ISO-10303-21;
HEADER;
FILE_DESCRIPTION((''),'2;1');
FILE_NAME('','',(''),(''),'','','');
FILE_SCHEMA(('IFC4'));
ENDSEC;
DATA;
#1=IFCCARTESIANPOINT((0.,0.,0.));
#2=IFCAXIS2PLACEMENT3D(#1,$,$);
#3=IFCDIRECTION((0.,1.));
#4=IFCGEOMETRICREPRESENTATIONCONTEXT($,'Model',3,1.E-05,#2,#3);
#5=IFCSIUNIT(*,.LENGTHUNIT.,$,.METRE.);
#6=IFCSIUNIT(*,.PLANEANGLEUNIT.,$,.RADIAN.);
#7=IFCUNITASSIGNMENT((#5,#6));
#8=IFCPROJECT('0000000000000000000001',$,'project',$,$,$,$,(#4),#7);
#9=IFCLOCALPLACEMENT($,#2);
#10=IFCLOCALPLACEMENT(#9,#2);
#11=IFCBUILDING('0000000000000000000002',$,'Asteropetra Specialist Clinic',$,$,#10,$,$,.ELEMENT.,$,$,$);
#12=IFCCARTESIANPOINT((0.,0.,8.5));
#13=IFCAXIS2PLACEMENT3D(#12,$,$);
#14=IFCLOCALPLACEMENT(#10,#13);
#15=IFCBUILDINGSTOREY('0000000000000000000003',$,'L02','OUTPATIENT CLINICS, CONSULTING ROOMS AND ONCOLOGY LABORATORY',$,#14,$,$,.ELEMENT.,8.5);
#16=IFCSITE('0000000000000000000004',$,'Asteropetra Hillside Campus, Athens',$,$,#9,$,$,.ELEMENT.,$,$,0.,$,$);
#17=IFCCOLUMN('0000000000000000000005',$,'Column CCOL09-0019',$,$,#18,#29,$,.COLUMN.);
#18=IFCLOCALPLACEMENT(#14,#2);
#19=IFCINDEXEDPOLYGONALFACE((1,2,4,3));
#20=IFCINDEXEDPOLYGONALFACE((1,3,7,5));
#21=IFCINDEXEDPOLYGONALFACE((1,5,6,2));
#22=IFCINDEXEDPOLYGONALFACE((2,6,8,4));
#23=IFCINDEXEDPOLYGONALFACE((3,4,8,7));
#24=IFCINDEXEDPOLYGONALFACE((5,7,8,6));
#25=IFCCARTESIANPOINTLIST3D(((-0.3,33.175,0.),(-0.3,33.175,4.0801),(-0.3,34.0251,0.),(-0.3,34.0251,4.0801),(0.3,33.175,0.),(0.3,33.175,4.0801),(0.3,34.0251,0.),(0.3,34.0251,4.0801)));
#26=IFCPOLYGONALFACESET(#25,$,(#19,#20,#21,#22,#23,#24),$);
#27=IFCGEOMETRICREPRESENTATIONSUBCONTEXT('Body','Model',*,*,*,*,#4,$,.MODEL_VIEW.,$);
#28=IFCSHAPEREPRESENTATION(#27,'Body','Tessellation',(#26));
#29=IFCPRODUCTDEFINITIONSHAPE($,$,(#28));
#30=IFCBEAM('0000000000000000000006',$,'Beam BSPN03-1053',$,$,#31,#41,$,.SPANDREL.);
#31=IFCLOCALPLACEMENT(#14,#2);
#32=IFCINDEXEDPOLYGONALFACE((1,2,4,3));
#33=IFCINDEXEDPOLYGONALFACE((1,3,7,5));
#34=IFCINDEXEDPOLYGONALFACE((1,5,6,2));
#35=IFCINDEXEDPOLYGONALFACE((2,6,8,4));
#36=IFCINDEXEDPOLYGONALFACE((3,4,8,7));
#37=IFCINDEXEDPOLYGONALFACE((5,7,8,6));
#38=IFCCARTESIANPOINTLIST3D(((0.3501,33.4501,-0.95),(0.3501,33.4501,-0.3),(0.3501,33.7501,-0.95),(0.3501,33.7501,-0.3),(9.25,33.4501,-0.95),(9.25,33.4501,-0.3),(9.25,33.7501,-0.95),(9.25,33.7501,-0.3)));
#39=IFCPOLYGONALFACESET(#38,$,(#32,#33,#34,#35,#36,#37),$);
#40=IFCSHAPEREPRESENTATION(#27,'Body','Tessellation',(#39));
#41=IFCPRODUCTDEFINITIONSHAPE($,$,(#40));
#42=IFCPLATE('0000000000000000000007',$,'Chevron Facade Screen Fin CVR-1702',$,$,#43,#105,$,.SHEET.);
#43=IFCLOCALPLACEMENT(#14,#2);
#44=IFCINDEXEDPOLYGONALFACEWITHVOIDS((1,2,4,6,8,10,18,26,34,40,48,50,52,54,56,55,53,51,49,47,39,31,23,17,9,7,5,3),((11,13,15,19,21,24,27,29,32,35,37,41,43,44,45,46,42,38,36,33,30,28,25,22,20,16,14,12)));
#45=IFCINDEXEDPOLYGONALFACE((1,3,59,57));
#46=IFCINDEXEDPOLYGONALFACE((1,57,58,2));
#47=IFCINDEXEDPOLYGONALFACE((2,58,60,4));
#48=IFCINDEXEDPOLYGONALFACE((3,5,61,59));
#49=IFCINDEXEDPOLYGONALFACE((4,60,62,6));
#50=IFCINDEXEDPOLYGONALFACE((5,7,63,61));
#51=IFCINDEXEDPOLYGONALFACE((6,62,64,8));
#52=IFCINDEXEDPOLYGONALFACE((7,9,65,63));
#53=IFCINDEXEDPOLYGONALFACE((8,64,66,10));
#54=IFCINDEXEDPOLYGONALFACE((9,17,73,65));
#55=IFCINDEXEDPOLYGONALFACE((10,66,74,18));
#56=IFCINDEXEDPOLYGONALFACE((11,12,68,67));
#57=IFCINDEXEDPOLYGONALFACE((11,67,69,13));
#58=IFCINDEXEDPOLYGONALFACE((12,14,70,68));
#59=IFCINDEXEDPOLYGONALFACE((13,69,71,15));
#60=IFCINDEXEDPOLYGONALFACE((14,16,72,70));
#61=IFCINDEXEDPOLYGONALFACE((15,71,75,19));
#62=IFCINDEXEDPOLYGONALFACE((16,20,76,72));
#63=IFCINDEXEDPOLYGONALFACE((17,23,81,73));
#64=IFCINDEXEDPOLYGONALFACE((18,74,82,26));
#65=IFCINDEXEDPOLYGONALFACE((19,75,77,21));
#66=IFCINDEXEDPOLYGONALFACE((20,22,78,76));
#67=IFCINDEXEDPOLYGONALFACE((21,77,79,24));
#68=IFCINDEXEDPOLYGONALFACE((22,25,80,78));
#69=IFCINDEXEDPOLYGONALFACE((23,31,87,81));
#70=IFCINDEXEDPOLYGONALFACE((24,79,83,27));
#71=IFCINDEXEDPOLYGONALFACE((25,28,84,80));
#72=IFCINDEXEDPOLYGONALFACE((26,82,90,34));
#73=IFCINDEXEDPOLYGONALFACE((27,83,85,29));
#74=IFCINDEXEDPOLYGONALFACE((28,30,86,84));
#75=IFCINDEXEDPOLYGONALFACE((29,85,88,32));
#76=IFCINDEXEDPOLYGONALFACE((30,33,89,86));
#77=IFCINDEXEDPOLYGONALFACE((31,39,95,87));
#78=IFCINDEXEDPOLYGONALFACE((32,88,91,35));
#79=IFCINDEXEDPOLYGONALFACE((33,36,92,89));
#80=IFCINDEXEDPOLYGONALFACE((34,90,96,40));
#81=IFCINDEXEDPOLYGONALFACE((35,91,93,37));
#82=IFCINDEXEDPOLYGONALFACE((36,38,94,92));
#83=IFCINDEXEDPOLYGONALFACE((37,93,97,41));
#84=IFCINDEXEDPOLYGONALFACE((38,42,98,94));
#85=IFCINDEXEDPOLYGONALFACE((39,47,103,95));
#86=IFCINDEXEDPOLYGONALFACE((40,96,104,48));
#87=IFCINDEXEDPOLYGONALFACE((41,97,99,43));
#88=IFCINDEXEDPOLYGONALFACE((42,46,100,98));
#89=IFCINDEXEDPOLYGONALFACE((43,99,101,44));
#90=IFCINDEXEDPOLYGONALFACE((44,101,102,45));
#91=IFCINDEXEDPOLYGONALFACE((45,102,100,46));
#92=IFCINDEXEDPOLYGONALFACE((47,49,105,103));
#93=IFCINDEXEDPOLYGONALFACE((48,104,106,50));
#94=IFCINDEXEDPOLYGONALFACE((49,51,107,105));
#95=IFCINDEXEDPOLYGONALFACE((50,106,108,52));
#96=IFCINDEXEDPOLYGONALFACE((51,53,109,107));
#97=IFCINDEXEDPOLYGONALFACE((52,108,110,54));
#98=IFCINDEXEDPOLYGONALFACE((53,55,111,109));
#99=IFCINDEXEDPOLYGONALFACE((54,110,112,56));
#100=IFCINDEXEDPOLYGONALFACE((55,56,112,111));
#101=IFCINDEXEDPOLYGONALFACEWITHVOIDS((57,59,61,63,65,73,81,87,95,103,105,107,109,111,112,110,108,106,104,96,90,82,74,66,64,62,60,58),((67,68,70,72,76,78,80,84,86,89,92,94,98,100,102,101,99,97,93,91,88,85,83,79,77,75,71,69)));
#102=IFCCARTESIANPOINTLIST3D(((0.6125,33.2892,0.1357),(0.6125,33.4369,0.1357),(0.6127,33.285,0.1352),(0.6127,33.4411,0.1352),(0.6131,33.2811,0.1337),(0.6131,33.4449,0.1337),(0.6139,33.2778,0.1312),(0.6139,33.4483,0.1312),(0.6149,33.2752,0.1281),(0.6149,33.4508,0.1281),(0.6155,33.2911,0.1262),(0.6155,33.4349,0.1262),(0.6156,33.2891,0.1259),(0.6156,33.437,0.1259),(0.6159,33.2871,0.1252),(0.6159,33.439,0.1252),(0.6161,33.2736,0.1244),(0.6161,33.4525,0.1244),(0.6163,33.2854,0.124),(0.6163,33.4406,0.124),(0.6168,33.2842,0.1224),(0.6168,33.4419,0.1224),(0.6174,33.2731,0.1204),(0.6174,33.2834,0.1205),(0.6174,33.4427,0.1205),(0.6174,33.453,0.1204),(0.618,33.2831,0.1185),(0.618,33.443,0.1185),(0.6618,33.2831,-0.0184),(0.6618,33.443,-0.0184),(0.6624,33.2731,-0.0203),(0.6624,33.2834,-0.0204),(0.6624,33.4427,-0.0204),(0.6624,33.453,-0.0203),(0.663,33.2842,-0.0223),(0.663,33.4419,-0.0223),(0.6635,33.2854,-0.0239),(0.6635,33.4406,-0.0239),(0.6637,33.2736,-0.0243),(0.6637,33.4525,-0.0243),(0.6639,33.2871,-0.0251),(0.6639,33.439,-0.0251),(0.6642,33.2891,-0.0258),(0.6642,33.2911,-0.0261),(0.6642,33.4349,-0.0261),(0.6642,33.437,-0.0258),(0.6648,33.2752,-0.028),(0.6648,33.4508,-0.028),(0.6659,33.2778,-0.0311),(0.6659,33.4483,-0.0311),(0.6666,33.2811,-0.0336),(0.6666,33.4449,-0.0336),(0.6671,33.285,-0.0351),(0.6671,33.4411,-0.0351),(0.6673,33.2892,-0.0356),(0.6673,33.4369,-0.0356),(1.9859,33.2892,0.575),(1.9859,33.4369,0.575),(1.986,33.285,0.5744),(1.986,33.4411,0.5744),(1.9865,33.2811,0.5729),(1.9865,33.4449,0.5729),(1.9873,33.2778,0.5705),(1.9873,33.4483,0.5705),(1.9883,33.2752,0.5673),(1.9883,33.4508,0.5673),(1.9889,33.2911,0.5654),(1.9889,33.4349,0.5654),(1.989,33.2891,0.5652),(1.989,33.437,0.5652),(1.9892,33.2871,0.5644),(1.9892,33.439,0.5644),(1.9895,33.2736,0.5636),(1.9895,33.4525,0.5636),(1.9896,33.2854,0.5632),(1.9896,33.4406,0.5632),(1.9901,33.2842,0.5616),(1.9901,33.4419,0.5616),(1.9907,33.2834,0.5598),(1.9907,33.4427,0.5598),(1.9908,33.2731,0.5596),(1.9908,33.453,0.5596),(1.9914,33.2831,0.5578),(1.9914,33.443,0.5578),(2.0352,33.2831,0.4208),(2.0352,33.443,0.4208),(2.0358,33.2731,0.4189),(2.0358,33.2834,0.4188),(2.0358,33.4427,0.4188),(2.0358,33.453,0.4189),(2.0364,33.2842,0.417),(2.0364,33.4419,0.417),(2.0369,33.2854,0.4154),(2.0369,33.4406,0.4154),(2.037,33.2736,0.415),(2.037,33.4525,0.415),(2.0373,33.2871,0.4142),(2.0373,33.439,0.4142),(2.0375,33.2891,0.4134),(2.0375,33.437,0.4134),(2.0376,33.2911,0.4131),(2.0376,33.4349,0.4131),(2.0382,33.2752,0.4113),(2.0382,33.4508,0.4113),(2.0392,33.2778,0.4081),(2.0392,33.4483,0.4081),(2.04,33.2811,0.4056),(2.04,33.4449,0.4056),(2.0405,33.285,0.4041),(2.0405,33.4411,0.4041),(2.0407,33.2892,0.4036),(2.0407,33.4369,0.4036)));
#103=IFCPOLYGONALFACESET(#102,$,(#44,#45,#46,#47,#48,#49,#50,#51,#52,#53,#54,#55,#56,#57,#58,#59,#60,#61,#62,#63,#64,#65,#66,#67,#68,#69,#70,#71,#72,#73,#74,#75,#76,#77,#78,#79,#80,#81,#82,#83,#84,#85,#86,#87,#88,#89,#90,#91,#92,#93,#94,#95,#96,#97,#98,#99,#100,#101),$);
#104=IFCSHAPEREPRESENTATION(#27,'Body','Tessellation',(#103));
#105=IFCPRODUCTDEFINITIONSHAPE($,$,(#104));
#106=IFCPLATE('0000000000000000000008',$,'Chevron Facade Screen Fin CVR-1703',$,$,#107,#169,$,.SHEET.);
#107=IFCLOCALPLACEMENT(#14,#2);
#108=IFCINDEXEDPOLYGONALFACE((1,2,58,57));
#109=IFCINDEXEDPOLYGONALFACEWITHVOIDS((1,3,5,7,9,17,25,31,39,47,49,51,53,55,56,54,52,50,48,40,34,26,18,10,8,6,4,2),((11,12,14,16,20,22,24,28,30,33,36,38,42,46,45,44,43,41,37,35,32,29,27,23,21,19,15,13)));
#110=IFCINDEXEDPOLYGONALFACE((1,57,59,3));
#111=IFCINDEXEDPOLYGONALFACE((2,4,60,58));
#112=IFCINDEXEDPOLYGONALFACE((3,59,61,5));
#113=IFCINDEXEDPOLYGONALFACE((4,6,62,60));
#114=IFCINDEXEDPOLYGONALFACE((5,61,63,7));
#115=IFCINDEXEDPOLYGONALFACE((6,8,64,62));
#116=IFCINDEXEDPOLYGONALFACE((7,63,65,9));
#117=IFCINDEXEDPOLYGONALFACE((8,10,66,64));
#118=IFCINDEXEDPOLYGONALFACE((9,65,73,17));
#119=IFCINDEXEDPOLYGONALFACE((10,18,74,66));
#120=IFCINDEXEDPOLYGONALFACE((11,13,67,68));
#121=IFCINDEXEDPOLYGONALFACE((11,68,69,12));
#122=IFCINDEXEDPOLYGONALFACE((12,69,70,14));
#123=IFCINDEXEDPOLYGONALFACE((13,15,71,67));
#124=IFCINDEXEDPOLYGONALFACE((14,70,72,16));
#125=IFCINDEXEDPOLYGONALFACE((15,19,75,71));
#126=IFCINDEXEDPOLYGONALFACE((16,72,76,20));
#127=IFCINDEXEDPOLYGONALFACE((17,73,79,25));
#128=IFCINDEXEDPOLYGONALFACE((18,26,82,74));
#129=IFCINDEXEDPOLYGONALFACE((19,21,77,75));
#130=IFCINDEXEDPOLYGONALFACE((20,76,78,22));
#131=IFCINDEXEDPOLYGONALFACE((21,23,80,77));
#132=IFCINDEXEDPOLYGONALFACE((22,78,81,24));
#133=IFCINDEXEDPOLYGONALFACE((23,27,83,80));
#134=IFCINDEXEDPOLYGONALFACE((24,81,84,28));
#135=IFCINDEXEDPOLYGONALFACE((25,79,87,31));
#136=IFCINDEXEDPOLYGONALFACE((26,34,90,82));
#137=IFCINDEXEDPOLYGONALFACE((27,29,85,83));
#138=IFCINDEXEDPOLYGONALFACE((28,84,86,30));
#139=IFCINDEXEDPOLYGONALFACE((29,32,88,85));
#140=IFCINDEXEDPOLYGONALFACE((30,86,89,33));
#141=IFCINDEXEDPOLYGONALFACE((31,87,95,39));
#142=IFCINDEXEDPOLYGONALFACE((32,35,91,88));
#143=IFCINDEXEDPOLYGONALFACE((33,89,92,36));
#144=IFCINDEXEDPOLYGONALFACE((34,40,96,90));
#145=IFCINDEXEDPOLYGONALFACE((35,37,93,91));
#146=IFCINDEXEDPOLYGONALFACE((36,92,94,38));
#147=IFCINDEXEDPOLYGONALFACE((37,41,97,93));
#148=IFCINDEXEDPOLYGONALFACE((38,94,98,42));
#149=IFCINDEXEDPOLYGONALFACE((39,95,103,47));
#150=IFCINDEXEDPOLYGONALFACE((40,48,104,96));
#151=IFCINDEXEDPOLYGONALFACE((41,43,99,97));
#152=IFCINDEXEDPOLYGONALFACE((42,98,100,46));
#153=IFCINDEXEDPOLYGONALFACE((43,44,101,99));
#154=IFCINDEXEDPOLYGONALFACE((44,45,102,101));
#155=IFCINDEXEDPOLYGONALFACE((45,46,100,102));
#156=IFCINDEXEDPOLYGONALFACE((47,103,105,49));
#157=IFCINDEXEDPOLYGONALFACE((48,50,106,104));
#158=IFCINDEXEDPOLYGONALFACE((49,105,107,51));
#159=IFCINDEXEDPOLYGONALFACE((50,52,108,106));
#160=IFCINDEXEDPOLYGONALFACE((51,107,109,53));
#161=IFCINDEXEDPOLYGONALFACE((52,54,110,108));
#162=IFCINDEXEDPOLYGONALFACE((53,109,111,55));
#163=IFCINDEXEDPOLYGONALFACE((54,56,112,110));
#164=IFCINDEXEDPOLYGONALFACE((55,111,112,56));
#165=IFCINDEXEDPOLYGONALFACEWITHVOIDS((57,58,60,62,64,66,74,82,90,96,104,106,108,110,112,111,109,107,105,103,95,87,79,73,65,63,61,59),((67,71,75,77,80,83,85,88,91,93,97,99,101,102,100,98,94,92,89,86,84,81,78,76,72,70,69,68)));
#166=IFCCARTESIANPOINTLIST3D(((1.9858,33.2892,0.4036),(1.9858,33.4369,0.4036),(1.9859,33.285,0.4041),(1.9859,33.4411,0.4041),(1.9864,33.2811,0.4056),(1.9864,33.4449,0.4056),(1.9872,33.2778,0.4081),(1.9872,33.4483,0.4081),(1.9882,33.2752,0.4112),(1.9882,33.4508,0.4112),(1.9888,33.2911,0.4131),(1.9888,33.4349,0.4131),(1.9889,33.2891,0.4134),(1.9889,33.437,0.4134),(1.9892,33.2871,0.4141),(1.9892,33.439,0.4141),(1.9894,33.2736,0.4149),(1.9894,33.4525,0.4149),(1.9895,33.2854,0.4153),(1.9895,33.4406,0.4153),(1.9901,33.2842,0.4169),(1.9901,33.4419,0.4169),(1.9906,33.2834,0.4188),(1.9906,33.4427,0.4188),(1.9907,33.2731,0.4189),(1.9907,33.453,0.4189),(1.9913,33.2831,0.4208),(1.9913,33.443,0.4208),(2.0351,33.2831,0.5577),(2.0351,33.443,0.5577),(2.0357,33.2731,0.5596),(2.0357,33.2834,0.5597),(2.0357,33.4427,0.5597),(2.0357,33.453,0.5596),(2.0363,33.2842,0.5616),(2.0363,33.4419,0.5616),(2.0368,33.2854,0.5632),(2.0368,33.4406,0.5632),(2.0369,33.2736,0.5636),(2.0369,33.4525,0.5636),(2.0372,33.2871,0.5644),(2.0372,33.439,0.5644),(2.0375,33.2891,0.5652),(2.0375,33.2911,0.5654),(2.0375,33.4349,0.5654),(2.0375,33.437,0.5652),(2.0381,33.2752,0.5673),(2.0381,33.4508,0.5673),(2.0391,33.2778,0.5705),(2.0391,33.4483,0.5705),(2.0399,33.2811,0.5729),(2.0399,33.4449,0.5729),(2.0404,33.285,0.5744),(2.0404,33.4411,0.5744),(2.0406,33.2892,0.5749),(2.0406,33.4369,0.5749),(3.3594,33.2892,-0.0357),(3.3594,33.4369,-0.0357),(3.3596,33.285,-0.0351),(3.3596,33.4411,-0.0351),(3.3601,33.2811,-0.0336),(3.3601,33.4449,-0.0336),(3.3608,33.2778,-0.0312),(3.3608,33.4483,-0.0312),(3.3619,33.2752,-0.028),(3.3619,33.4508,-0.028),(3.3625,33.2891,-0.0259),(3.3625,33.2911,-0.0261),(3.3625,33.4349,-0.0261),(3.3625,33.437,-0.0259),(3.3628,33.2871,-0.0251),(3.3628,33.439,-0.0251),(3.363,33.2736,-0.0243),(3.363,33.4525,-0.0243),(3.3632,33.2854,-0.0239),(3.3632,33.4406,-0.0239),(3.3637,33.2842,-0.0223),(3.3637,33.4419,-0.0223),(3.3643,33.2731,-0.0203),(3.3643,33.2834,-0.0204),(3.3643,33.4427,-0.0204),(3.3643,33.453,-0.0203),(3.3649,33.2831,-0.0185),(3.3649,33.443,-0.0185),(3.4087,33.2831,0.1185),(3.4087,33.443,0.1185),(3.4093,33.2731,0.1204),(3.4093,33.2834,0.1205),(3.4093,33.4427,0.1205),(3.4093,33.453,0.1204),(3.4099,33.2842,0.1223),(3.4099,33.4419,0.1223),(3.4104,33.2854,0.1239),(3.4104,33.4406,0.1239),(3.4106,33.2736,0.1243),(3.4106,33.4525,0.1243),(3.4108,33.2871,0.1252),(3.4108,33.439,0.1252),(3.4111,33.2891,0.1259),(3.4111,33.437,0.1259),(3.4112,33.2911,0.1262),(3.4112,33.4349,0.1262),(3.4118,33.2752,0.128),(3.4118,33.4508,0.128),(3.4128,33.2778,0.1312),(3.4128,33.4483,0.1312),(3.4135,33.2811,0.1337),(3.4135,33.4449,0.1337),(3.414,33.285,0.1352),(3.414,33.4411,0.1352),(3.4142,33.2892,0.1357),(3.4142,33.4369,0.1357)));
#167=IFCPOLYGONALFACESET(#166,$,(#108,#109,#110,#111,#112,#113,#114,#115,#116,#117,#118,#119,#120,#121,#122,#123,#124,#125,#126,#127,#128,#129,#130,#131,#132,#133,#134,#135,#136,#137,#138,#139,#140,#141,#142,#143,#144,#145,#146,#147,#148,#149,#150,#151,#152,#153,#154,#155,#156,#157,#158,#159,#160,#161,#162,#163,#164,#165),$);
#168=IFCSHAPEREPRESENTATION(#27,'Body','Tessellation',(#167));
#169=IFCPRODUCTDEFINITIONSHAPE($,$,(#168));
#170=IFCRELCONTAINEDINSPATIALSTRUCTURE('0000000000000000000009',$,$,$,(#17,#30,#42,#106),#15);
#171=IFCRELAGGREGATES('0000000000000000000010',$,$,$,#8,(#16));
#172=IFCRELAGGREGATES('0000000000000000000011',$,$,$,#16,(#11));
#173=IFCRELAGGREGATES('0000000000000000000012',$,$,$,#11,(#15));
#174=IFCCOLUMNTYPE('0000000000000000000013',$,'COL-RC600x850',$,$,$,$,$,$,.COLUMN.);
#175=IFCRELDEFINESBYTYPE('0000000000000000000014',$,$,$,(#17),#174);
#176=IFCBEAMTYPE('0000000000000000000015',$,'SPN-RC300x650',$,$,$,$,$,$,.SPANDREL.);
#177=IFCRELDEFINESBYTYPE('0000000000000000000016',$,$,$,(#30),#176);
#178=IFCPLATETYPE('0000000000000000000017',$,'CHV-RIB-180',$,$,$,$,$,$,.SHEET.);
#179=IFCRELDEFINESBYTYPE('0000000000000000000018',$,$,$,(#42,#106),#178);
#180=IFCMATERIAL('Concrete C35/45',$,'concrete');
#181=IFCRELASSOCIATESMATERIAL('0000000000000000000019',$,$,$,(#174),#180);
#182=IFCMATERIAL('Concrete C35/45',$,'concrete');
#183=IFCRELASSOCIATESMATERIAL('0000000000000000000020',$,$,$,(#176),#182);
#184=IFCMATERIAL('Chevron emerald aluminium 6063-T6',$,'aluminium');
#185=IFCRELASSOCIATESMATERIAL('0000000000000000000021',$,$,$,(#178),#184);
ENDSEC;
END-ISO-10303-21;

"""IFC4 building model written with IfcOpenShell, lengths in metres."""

from ifc_helpers import new_model, si_unit, direction, frame, origin, origin_2d, place, context, subcontext, project, spatial, rectangle, hollow_rectangle, extrude, material, material_profile, profile_set, type_object, element, save


model = new_model("IFC4")

# Units and contexts
model_context = context("Model", 3, precision=1e-05, world=origin(), true_north=direction((0.0, 1.0)))
body_context = subcontext(model_context, "Body", "Model", "MODEL_VIEW")
ifc_project = project(units=[si_unit("LENGTHUNIT", "METRE"), si_unit("PLANEANGLEUNIT", "RADIAN")], contexts=[model_context])

# Site, building, storey
site_placement = place(None, origin())
site = spatial("IfcSite", under=ifc_project, at=site_placement, Name="Asteropetra Hillside Campus, Athens", CompositionType="ELEMENT", RefElevation=0.0)
building_placement = place(site_placement, origin())
building = spatial("IfcBuilding", under=site, at=building_placement, Name="Asteropetra Specialist Clinic", CompositionType="ELEMENT")
storey_placement = place(building_placement, frame((0.0, 0.0, 8.5)))
storey = spatial("IfcBuildingStorey", under=building, at=storey_placement, Name="L02", Description="OUTPATIENT CLINICS, CONSULTING ROOMS AND ONCOLOGY LABORATORY", CompositionType="ELEMENT", Elevation=8.5)

# Column
ifc_material_1 = material(Name="Concrete C35/45", Category="concrete")
ifc_material_profile_1 = material_profile(ifc_material_1, rectangle(XDim=0.6001, YDim=0.8501, at=origin_2d()), Name="RC 600x850")
ifc_profile_set_1 = profile_set([ifc_material_profile_1], Name="Concrete C35/45")
column_type = type_object("IfcColumnType", Name="COL-RC600x850", PredefinedType="COLUMN", material=ifc_profile_set_1)
column_placement = place(storey_placement, frame((0.0, 33.6001, 0.0), z_axis=(0.0, 0.0, 1.0), x_axis=(1.0, 0.0, 0.0)))
element("IfcColumn", 1, at=column_placement, inside=storey, type_object=column_type, Name="Column CCOL09-0019", PredefinedType="COLUMN", context=body_context, shape_type="SweptSolid", body=[
    extrude(rectangle(XDim=0.6001, YDim=0.8501, at=origin_2d()), origin(), (0.0, 0.0, 1.0), 4.0801),
])

# Beam
ifc_material_2 = material(Name="Concrete C35/45", Category="concrete")
ifc_material_profile_2 = material_profile(ifc_material_2, rectangle(XDim=0.3, YDim=0.6499, at=origin_2d()), Name="RCS 300x650")
ifc_profile_set_2 = profile_set([ifc_material_profile_2], Name="Concrete C35/45")
beam_type = type_object("IfcBeamType", Name="SPN-RC300x650", PredefinedType="SPANDREL", material=ifc_profile_set_2)
beam_placement = place(storey_placement, frame((0.3501, 33.6001, -0.625), z_axis=(1.0, 0.0, 0.0), x_axis=(0.0, 1.0, 0.0)))
element("IfcBeam", 2, at=beam_placement, inside=storey, type_object=beam_type, Name="Beam BSPN03-1053", PredefinedType="SPANDREL", context=body_context, shape_type="SweptSolid", body=[
    extrude(rectangle(XDim=0.3, YDim=0.6499, at=origin_2d()), origin(), (0.0, 0.0, 1.0), 8.8999),
])

# Plates
ifc_material_3 = material(Name="Chevron emerald aluminium 6063-T6", Category="aluminium")
ifc_material_profile_3 = material_profile(ifc_material_3, hollow_rectangle(XDim=0.1799, YDim=0.1799, WallThickness=0.01, InnerFilletRadius=0.0081, OuterFilletRadius=0.0161, at=origin_2d()), Name="SHS 180x180x10.0")
ifc_profile_set_3 = profile_set([ifc_material_profile_3], Name="Chevron emerald aluminium 6063-T6")
plate_type_1 = type_object("IfcPlateType", Name="CHV-RIB-180", PredefinedType="SHEET", material=ifc_profile_set_3)
plate_1_placement = place(storey_placement, frame((0.6399, 33.363, 0.05), z_axis=(0.952473, 0.0, 0.304622), x_axis=(0.0, 1.0, 0.0)))
element("IfcPlate", 3, at=plate_1_placement, inside=storey, type_object=plate_type_1, Name="Chevron Facade Screen Fin CVR-1702", PredefinedType="SHEET", context=body_context, shape_type="SweptSolid", body=[
    extrude(hollow_rectangle(XDim=0.1799, YDim=0.1799, WallThickness=0.01, InnerFilletRadius=0.0081, OuterFilletRadius=0.0161, at=origin_2d()), origin(), (0.0, 0.0, 1.0), 1.4419),
])
plate_2_placement = place(storey_placement, frame((2.0132, 33.363, 0.4893), z_axis=(0.952489, 0.0, -0.304573), x_axis=(0.0, 1.0, 0.0)))
element("IfcPlate", 4, at=plate_2_placement, inside=storey, type_object=plate_type_1, Name="Chevron Facade Screen Fin CVR-1703", PredefinedType="SHEET", context=body_context, shape_type="SweptSolid", body=[
    extrude(hollow_rectangle(XDim=0.1799, YDim=0.1799, WallThickness=0.01, InnerFilletRadius=0.0081, OuterFilletRadius=0.0161, at=origin_2d()), origin(), (0.0, 0.0, 1.0), 1.4421),
])

save(model, "model.ifc")
